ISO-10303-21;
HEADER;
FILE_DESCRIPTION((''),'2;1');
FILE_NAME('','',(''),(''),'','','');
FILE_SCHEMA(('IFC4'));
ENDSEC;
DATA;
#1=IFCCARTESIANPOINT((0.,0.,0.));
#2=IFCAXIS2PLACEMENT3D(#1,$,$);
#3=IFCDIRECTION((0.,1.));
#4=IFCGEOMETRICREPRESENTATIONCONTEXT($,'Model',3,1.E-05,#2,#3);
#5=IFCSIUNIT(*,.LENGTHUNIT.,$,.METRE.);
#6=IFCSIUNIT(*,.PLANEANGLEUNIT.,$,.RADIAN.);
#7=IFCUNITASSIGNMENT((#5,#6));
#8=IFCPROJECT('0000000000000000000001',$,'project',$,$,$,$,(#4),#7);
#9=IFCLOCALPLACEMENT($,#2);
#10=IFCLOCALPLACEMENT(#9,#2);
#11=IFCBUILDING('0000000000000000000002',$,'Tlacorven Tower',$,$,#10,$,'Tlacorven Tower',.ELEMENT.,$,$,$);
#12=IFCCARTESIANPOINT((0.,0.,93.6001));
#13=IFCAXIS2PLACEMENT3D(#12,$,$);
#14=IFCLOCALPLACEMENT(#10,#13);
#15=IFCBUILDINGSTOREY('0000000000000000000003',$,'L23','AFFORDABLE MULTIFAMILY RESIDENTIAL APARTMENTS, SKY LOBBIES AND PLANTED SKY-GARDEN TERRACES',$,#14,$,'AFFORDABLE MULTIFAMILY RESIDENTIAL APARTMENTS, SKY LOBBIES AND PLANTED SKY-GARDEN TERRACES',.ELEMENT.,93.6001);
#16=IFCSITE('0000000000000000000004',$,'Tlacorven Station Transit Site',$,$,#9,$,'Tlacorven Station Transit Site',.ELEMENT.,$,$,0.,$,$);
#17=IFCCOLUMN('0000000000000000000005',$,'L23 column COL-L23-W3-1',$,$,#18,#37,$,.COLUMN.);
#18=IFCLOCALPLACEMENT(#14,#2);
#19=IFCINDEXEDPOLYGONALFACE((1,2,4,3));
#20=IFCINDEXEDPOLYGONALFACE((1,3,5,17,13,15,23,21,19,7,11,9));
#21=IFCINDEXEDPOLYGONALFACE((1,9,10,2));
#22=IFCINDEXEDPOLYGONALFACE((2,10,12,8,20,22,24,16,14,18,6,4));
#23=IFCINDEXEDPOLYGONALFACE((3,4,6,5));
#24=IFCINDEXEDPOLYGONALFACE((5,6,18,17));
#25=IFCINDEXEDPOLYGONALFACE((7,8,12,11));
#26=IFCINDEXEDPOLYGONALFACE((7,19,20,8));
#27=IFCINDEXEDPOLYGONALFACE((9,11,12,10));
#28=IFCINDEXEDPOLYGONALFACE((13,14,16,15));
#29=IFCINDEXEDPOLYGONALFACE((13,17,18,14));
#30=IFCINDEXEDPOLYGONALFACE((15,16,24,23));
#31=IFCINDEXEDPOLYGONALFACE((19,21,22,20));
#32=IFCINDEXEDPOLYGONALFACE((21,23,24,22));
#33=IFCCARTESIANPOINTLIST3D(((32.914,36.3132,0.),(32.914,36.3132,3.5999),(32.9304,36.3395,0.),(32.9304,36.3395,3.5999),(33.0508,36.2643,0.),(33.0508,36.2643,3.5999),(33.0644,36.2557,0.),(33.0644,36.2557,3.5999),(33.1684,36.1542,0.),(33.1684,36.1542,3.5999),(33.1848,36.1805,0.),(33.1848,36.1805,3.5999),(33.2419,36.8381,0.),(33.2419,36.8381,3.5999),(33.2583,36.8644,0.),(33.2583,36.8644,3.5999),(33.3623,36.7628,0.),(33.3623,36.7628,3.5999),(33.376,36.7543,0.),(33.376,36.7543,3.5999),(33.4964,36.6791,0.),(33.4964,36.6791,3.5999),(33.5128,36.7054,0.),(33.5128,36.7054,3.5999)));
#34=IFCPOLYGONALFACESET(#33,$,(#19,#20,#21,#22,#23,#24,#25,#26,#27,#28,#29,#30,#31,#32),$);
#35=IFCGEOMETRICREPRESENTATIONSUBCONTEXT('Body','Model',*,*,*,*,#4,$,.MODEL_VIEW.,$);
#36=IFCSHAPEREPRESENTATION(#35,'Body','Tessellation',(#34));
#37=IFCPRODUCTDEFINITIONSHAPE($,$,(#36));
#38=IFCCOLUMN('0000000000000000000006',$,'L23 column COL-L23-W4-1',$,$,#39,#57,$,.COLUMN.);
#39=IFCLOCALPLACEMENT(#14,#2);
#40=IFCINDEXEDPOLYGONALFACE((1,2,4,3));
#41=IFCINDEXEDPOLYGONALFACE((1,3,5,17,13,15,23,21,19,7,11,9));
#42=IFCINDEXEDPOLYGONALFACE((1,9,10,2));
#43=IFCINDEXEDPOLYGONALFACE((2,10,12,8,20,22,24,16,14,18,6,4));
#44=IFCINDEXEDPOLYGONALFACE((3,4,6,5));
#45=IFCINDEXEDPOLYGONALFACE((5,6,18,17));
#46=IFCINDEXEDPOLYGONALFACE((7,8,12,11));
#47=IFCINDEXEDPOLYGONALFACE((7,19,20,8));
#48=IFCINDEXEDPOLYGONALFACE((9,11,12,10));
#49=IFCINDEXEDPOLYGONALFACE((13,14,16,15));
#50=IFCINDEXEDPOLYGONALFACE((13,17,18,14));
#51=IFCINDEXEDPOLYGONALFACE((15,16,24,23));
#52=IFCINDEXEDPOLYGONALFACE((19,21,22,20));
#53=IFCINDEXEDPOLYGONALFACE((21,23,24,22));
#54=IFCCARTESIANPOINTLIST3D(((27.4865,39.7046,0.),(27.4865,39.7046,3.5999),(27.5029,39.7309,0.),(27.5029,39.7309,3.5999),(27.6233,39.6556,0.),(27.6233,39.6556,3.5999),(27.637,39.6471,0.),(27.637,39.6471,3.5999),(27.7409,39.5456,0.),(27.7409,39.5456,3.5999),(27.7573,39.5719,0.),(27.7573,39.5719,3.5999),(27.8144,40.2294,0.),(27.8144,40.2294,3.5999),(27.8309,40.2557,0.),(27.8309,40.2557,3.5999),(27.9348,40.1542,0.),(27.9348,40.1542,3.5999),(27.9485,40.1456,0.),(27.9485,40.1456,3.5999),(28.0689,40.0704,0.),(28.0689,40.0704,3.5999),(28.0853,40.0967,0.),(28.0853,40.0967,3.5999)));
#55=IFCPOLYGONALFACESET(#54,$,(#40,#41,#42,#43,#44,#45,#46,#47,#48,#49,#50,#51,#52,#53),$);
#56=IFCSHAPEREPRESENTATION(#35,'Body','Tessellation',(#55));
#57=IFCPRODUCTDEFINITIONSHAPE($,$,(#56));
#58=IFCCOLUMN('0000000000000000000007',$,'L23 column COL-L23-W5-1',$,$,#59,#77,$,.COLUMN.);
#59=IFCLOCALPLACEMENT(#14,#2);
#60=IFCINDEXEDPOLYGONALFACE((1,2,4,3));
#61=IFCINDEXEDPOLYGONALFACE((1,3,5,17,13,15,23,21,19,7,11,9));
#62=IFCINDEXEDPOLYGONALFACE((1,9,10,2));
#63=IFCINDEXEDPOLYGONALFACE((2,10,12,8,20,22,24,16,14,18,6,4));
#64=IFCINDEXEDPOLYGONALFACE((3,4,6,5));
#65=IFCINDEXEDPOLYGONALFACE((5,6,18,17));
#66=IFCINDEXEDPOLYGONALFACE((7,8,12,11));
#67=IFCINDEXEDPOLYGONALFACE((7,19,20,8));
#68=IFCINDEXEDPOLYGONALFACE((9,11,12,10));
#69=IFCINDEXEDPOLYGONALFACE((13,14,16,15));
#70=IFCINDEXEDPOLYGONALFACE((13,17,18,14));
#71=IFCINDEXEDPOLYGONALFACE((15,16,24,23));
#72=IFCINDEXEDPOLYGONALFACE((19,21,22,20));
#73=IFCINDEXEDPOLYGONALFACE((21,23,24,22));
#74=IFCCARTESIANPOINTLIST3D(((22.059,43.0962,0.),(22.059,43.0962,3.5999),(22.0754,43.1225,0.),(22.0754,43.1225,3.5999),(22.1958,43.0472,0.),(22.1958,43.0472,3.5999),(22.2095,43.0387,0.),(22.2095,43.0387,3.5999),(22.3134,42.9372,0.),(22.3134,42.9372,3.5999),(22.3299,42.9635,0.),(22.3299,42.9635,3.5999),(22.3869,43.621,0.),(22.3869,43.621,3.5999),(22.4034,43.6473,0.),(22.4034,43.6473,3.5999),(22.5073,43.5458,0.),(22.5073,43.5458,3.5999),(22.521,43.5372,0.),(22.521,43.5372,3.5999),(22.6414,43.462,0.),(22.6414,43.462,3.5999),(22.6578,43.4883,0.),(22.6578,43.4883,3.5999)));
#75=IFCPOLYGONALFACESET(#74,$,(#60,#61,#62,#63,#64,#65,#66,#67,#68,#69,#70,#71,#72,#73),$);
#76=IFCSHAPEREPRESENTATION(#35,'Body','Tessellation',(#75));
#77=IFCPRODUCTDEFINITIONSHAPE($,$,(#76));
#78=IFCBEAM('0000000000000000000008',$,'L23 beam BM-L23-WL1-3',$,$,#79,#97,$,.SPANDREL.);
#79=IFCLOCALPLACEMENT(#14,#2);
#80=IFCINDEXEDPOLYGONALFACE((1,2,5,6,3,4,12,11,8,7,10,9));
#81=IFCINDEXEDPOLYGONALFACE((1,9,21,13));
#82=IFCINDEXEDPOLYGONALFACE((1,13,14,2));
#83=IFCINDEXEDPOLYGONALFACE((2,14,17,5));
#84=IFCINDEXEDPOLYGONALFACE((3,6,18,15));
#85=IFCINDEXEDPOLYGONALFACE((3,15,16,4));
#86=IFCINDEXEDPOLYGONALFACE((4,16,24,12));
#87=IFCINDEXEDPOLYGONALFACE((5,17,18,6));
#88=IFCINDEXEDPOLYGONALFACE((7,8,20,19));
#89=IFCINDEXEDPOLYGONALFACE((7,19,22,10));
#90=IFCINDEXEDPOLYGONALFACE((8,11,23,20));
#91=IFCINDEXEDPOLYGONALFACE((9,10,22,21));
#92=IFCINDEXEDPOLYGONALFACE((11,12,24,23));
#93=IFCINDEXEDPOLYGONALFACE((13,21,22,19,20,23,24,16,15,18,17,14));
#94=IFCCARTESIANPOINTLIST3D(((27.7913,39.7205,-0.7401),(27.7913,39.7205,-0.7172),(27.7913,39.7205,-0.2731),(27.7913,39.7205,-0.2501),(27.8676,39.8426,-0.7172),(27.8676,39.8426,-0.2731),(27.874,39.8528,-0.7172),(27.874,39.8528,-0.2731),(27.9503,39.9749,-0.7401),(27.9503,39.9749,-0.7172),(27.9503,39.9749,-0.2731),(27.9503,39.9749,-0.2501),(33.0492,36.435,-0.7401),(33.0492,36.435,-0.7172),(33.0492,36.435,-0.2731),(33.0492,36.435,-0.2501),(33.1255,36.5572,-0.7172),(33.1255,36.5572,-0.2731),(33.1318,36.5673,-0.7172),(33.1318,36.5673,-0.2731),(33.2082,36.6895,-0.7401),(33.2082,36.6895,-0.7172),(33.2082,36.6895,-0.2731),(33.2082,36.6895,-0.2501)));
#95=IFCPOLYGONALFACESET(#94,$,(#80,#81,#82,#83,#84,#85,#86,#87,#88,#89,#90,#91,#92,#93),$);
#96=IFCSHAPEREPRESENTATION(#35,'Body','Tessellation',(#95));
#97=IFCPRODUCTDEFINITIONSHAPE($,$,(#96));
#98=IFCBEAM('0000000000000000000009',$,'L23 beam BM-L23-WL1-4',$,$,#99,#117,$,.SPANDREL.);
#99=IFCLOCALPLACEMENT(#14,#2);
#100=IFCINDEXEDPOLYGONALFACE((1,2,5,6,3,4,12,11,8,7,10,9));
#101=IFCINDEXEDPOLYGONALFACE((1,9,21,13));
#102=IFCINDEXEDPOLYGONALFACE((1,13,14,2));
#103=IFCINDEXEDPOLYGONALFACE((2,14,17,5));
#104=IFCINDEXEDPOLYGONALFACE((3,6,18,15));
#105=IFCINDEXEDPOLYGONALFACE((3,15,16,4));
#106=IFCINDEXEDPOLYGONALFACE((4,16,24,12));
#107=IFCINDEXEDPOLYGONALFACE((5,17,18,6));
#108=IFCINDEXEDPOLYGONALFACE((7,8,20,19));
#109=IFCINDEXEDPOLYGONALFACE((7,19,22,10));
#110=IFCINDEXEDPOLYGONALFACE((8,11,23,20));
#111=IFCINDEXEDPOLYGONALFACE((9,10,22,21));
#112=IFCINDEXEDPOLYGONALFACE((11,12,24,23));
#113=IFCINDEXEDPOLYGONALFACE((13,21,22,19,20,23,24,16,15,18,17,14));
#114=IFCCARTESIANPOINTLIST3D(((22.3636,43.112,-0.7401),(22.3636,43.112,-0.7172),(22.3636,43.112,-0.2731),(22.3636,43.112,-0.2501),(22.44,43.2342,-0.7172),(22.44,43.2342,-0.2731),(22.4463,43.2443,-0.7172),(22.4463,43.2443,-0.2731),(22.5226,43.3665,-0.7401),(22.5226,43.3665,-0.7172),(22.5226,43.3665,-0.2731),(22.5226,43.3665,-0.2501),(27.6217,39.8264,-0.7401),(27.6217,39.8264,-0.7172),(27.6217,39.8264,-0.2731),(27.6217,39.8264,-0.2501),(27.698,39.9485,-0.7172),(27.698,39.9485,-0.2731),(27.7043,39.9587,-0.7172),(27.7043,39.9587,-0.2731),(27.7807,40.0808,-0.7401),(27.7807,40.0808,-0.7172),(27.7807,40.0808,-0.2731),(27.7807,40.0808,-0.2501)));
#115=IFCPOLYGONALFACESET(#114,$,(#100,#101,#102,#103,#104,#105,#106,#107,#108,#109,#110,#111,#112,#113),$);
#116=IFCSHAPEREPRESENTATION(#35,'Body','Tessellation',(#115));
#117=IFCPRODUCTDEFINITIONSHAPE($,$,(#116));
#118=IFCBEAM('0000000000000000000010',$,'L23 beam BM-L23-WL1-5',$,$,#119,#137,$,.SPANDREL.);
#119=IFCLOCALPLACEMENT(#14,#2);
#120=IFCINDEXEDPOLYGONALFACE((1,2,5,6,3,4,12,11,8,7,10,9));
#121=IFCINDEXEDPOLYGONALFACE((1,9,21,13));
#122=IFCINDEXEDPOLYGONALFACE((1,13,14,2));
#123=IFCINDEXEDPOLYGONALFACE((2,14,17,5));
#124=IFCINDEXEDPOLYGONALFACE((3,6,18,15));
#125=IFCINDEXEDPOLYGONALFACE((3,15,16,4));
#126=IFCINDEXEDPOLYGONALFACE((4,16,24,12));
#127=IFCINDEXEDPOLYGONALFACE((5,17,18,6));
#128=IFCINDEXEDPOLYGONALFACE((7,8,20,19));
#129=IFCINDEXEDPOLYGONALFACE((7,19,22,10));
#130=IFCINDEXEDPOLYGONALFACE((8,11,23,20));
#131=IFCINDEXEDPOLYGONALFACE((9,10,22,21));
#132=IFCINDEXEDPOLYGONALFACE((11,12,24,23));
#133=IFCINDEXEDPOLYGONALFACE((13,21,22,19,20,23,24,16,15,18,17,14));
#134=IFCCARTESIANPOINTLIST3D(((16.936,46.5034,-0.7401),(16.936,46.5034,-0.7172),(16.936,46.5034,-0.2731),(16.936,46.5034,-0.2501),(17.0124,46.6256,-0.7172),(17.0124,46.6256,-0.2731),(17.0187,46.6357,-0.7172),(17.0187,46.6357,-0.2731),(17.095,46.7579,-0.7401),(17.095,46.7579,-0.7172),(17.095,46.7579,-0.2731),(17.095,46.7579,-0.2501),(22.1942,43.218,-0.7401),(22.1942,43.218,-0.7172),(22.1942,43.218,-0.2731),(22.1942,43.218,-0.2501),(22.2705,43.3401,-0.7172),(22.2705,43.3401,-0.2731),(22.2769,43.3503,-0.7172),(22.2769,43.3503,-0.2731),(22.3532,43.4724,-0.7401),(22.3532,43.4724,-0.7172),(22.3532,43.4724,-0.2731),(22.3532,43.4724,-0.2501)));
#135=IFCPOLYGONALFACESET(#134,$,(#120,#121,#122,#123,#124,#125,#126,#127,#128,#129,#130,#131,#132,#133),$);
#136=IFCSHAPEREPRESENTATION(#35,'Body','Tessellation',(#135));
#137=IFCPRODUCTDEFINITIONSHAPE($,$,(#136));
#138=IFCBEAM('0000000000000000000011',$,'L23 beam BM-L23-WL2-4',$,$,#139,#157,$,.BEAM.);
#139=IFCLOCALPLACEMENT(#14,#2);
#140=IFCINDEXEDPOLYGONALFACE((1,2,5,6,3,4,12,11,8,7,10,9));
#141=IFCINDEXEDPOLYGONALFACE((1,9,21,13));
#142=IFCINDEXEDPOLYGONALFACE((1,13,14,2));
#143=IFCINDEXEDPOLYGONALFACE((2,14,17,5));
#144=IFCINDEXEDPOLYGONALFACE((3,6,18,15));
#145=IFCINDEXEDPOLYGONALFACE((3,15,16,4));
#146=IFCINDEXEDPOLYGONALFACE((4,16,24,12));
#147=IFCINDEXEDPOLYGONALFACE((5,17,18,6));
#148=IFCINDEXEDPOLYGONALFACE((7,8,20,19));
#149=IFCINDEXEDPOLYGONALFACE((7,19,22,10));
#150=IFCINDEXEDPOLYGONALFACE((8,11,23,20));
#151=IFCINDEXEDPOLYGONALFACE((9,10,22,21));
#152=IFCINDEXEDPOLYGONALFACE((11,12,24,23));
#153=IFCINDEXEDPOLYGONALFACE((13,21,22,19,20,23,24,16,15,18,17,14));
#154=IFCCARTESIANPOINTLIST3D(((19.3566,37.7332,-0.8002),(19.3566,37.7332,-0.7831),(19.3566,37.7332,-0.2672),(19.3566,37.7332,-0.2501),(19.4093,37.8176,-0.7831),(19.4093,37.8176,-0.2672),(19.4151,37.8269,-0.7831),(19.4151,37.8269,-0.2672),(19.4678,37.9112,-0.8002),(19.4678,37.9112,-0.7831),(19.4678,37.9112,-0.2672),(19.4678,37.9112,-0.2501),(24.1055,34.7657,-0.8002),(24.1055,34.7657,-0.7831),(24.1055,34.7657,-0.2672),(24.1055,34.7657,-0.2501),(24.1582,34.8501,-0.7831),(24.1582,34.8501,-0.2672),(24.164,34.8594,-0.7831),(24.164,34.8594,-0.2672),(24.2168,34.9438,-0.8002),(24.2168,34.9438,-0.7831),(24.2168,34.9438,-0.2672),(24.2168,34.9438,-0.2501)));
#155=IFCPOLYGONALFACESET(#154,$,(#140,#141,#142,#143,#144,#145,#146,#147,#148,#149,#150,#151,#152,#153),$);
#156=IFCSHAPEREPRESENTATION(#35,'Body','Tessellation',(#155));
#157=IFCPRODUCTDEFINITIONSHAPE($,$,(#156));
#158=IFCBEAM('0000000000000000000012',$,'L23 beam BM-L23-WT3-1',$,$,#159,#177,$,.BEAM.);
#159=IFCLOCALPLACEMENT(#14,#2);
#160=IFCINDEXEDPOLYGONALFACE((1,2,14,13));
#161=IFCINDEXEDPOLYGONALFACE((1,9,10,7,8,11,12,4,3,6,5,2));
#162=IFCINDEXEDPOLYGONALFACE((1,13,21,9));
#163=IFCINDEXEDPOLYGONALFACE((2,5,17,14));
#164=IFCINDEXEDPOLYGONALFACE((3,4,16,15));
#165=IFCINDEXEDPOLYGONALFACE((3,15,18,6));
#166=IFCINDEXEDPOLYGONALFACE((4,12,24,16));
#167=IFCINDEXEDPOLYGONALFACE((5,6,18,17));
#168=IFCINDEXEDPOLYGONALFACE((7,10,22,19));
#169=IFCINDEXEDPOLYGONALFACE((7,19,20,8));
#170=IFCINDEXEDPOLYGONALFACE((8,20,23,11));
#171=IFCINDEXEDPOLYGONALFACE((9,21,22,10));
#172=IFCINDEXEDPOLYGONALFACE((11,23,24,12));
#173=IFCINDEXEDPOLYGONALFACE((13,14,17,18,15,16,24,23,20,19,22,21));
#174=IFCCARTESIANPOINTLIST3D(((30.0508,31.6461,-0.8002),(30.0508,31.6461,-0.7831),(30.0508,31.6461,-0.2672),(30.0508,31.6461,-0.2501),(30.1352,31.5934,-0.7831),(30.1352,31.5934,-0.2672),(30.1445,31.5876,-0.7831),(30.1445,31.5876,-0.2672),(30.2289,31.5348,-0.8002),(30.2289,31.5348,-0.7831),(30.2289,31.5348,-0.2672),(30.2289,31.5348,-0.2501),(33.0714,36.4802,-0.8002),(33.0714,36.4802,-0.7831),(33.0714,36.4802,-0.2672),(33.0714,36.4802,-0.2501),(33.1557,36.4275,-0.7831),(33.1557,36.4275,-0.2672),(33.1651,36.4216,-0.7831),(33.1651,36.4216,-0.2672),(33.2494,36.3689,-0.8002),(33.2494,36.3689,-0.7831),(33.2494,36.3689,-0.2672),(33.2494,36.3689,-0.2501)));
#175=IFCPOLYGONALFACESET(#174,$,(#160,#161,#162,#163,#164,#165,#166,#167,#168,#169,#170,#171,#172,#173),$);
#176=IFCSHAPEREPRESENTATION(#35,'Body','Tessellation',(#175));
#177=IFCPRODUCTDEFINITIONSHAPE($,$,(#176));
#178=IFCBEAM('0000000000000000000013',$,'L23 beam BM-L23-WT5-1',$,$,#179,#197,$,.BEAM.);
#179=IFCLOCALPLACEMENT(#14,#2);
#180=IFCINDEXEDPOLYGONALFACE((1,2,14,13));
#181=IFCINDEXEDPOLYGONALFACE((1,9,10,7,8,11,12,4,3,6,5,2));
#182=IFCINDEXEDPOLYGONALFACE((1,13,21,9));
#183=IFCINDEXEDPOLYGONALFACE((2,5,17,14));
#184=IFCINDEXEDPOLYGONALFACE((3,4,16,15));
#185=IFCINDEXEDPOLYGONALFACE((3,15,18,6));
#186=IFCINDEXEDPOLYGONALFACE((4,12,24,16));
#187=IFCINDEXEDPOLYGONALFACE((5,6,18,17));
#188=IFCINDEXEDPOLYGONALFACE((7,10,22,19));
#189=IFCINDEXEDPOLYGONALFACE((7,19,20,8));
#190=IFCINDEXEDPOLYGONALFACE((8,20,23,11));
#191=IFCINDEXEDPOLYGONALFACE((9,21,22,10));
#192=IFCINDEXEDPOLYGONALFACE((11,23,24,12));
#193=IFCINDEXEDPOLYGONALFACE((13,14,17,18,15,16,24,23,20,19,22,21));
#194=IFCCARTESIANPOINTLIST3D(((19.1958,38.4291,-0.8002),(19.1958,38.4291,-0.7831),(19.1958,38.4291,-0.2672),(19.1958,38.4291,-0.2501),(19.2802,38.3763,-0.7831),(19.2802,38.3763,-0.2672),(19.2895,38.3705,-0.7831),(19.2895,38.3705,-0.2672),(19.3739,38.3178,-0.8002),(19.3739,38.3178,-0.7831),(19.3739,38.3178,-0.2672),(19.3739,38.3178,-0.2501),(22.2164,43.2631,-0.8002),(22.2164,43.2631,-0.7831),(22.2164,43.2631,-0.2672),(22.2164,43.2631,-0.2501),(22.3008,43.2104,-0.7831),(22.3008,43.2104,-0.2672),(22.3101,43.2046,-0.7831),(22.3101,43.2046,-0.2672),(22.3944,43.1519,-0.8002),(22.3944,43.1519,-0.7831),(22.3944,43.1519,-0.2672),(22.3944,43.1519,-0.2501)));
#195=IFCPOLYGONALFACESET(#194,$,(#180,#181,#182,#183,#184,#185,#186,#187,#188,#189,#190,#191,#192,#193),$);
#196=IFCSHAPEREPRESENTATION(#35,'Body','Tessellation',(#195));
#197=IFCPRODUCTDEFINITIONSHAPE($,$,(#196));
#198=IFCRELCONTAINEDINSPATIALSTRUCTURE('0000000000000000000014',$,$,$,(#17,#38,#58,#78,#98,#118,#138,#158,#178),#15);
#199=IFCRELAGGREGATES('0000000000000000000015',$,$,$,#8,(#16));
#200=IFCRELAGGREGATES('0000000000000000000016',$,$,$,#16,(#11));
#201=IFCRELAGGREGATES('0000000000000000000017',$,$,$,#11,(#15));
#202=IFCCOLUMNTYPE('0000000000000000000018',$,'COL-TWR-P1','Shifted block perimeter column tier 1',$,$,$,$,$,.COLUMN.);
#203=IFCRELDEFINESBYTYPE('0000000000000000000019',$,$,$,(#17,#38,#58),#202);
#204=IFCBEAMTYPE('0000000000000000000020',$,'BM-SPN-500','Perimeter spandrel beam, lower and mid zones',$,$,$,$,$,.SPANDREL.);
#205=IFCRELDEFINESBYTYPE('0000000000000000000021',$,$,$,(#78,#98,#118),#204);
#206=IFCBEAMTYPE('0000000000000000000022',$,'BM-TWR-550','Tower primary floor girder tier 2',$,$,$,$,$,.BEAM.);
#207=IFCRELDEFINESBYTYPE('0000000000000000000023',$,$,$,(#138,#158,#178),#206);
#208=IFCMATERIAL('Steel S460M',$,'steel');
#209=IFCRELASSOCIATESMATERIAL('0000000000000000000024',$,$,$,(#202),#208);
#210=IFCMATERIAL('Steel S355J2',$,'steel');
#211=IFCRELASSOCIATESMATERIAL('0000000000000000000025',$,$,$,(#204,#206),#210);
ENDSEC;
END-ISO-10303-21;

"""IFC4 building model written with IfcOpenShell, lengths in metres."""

from ifc_helpers import new_model, si_unit, direction, frame, origin, origin_2d, place, context, subcontext, project, spatial, i_section, extrude, source, transform, mapped, material, material_profile, profile_set, type_object, element, save


model = new_model("IFC4")

# Units and contexts
model_context = context("Model", 3, precision=1e-05, world=origin(), true_north=direction((0.0, 1.0)))
body_context = subcontext(model_context, "Body", "Model", "MODEL_VIEW")
ifc_project = project(units=[si_unit("LENGTHUNIT", "METRE"), si_unit("PLANEANGLEUNIT", "RADIAN")], contexts=[model_context])

# Site, building, storey
site_placement = place(None, origin())
site = spatial("IfcSite", under=ifc_project, at=site_placement, Name="Tlacorven Station Transit Site", LongName="Tlacorven Station Transit Site", CompositionType="ELEMENT", RefElevation=0.0)
building_placement = place(site_placement, origin())
building = spatial("IfcBuilding", under=site, at=building_placement, Name="Tlacorven Tower", LongName="Tlacorven Tower", CompositionType="ELEMENT")
storey_placement = place(building_placement, frame((0.0, 0.0, 93.6001)))
storey = spatial("IfcBuildingStorey", under=building, at=storey_placement, Name="L23", Description="AFFORDABLE MULTIFAMILY RESIDENTIAL APARTMENTS, SKY LOBBIES AND PLANTED SKY-GARDEN TERRACES", LongName="AFFORDABLE MULTIFAMILY RESIDENTIAL APARTMENTS, SKY LOBBIES AND PLANTED SKY-GARDEN TERRACES", CompositionType="ELEMENT", Elevation=93.6001)

# Columns
ifc_material_1 = material(Name="Steel S460M", Category="steel")
ifc_material_profile_1 = material_profile(ifc_material_1, i_section(OverallWidth=0.3, OverallDepth=0.6499, WebThickness=0.0161, FlangeThickness=0.031, at=origin_2d()), Name="HEB 650")
ifc_profile_set_1 = profile_set([ifc_material_profile_1], Name="Steel S460M")
column_type = type_object("IfcColumnType", Name="COL-TWR-P1", Description="Shifted block perimeter column tier 1", PredefinedType="COLUMN", material=ifc_profile_set_1)
shared_shape_1 = source(origin(), body_context, "Body", "SweptSolid", [
    extrude(i_section(OverallWidth=0.3, OverallDepth=0.6499, WebThickness=0.0161, FlangeThickness=0.031, at=origin_2d()), origin(), (0.0, 0.0, 1.0), 3.5999),
])
for number, where, z_axis, x_axis, name in (
    (1, (33.2134, 36.5093, 0.0), (0.0, 0.0, 1.0), (-0.848048, 0.529919, 0.0), "L23 column COL-L23-W3-1"),
    (2, (27.7859, 39.9006, 0.0), (0.0, 0.0, 1.0), (-0.848048, 0.529919, 0.0), "L23 column COL-L23-W4-1"),
    (3, (22.3584, 43.2922, 0.0), (0.0, 0.0, 1.0), (-0.848048, 0.529919, 0.0), "L23 column COL-L23-W5-1"),
):
    element("IfcColumn", number, at=place(storey_placement, frame(where, z_axis=z_axis, x_axis=x_axis)), inside=storey, type_object=column_type, Name=name, PredefinedType="COLUMN", context=body_context, shape_type="MappedRepresentation", body=[
        mapped(shared_shape_1, transform((0.0, 0.0, 0.0), scale=1.0)),
    ])

# Beams
ifc_material_2 = material(Name="Steel S355J2", Category="steel")
ifc_material_profile_2 = material_profile(ifc_material_2, i_section(OverallWidth=0.3, OverallDepth=0.49, WebThickness=0.012, FlangeThickness=0.0229, at=origin_2d()), Name="HEA 500")
ifc_profile_set_2 = profile_set([ifc_material_profile_2], Name="Steel S355J2")
beam_type_1 = type_object("IfcBeamType", Name="BM-SPN-500", Description="Perimeter spandrel beam, lower and mid zones", PredefinedType="SPANDREL", material=ifc_profile_set_2)
shared_shape_2 = source(origin(), body_context, "Body", "SweptSolid", [
    extrude(i_section(OverallWidth=0.3, OverallDepth=0.49, WebThickness=0.012, FlangeThickness=0.0229, at=origin_2d()), origin(), (0.0, 0.0, 1.0), 6.2),
])
beam_1_placement = place(storey_placement, frame((33.1287, 36.5623, -0.4951), z_axis=(-0.848051, 0.529914, 0.0), x_axis=(-0.529914, -0.848051, 0.0)))
element("IfcBeam", 4, at=beam_1_placement, inside=storey, type_object=beam_type_1, Name="L23 beam BM-L23-WL1-3", PredefinedType="SPANDREL", context=body_context, shape_type="MappedRepresentation", body=[
    mapped(shared_shape_2, transform((0.0, 0.0, 0.0), scale=1.0)),
])
shared_shape_3 = source(origin(), body_context, "Body", "SweptSolid", [
    extrude(i_section(OverallWidth=0.3, OverallDepth=0.49, WebThickness=0.012, FlangeThickness=0.0229, at=origin_2d()), origin(), (0.0, 0.0, 1.0), 6.2002),
])
for number, where, z_axis, x_axis, name in (
    (5, (27.7012, 39.9536, -0.4951), (-0.848045, 0.529925, 0.0), (-0.529925, -0.848045, 0.0), "L23 beam BM-L23-WL1-4"),
    (6, (22.2737, 43.3452, -0.4951), (-0.848062, 0.529896, 0.0), (-0.529896, -0.848062, 0.0), "L23 beam BM-L23-WL1-5"),
):
    element("IfcBeam", number, at=place(storey_placement, frame(where, z_axis=z_axis, x_axis=x_axis)), inside=storey, type_object=beam_type_1, Name=name, PredefinedType="SPANDREL", context=body_context, shape_type="MappedRepresentation", body=[
        mapped(shared_shape_3, transform((0.0, 0.0, 0.0), scale=1.0)),
    ])
ifc_material_profile_3 = material_profile(ifc_material_2, i_section(OverallWidth=0.21, OverallDepth=0.55, WebThickness=0.011, FlangeThickness=0.0171, at=origin_2d()), Name="IPE 550")
ifc_profile_set_3 = profile_set([ifc_material_profile_3], Name="Steel S355J2")
beam_type_2 = type_object("IfcBeamType", Name="BM-TWR-550", Description="Tower primary floor girder tier 2", PredefinedType="BEAM", material=ifc_profile_set_3)
shared_shape_4 = source(origin(), body_context, "Body", "SweptSolid", [
    extrude(i_section(OverallWidth=0.21, OverallDepth=0.55, WebThickness=0.011, FlangeThickness=0.0171, at=origin_2d()), origin(), (0.0, 0.0, 1.0), 5.5999),
])
beam_2_placement = place(storey_placement, frame((24.1611, 34.8547, -0.5251), z_axis=(-0.848047, 0.529921, 0.0), x_axis=(-0.529921, -0.848047, 0.0)))
element("IfcBeam", 7, at=beam_2_placement, inside=storey, type_object=beam_type_2, Name="L23 beam BM-L23-WL2-4", PredefinedType="BEAM", context=body_context, shape_type="MappedRepresentation", body=[
    mapped(shared_shape_4, transform((0.0, 0.0, 0.0), scale=1.0)),
])
shared_shape_5 = source(origin(), body_context, "Body", "SweptSolid", [
    extrude(i_section(OverallWidth=0.21, OverallDepth=0.55, WebThickness=0.011, FlangeThickness=0.0171, at=origin_2d()), origin(), (0.0, 0.0, 1.0), 5.7002),
])
for number, where, z_axis, x_axis, name in (
    (8, (33.1604, 36.4246, -0.5251), (-0.529907, -0.848056, 0.0), (0.848056, -0.529907, 0.0), "L23 beam BM-L23-WT3-1"),
    (9, (22.3054, 43.2075, -0.5251), (-0.529907, -0.848056, 0.0), (0.848056, -0.529907, 0.0), "L23 beam BM-L23-WT5-1"),
):
    element("IfcBeam", number, at=place(storey_placement, frame(where, z_axis=z_axis, x_axis=x_axis)), inside=storey, type_object=beam_type_2, Name=name, PredefinedType="BEAM", context=body_context, shape_type="MappedRepresentation", body=[
        mapped(shared_shape_5, transform((0.0, 0.0, 0.0), scale=1.0)),
    ])

save(model, "model.ifc")
